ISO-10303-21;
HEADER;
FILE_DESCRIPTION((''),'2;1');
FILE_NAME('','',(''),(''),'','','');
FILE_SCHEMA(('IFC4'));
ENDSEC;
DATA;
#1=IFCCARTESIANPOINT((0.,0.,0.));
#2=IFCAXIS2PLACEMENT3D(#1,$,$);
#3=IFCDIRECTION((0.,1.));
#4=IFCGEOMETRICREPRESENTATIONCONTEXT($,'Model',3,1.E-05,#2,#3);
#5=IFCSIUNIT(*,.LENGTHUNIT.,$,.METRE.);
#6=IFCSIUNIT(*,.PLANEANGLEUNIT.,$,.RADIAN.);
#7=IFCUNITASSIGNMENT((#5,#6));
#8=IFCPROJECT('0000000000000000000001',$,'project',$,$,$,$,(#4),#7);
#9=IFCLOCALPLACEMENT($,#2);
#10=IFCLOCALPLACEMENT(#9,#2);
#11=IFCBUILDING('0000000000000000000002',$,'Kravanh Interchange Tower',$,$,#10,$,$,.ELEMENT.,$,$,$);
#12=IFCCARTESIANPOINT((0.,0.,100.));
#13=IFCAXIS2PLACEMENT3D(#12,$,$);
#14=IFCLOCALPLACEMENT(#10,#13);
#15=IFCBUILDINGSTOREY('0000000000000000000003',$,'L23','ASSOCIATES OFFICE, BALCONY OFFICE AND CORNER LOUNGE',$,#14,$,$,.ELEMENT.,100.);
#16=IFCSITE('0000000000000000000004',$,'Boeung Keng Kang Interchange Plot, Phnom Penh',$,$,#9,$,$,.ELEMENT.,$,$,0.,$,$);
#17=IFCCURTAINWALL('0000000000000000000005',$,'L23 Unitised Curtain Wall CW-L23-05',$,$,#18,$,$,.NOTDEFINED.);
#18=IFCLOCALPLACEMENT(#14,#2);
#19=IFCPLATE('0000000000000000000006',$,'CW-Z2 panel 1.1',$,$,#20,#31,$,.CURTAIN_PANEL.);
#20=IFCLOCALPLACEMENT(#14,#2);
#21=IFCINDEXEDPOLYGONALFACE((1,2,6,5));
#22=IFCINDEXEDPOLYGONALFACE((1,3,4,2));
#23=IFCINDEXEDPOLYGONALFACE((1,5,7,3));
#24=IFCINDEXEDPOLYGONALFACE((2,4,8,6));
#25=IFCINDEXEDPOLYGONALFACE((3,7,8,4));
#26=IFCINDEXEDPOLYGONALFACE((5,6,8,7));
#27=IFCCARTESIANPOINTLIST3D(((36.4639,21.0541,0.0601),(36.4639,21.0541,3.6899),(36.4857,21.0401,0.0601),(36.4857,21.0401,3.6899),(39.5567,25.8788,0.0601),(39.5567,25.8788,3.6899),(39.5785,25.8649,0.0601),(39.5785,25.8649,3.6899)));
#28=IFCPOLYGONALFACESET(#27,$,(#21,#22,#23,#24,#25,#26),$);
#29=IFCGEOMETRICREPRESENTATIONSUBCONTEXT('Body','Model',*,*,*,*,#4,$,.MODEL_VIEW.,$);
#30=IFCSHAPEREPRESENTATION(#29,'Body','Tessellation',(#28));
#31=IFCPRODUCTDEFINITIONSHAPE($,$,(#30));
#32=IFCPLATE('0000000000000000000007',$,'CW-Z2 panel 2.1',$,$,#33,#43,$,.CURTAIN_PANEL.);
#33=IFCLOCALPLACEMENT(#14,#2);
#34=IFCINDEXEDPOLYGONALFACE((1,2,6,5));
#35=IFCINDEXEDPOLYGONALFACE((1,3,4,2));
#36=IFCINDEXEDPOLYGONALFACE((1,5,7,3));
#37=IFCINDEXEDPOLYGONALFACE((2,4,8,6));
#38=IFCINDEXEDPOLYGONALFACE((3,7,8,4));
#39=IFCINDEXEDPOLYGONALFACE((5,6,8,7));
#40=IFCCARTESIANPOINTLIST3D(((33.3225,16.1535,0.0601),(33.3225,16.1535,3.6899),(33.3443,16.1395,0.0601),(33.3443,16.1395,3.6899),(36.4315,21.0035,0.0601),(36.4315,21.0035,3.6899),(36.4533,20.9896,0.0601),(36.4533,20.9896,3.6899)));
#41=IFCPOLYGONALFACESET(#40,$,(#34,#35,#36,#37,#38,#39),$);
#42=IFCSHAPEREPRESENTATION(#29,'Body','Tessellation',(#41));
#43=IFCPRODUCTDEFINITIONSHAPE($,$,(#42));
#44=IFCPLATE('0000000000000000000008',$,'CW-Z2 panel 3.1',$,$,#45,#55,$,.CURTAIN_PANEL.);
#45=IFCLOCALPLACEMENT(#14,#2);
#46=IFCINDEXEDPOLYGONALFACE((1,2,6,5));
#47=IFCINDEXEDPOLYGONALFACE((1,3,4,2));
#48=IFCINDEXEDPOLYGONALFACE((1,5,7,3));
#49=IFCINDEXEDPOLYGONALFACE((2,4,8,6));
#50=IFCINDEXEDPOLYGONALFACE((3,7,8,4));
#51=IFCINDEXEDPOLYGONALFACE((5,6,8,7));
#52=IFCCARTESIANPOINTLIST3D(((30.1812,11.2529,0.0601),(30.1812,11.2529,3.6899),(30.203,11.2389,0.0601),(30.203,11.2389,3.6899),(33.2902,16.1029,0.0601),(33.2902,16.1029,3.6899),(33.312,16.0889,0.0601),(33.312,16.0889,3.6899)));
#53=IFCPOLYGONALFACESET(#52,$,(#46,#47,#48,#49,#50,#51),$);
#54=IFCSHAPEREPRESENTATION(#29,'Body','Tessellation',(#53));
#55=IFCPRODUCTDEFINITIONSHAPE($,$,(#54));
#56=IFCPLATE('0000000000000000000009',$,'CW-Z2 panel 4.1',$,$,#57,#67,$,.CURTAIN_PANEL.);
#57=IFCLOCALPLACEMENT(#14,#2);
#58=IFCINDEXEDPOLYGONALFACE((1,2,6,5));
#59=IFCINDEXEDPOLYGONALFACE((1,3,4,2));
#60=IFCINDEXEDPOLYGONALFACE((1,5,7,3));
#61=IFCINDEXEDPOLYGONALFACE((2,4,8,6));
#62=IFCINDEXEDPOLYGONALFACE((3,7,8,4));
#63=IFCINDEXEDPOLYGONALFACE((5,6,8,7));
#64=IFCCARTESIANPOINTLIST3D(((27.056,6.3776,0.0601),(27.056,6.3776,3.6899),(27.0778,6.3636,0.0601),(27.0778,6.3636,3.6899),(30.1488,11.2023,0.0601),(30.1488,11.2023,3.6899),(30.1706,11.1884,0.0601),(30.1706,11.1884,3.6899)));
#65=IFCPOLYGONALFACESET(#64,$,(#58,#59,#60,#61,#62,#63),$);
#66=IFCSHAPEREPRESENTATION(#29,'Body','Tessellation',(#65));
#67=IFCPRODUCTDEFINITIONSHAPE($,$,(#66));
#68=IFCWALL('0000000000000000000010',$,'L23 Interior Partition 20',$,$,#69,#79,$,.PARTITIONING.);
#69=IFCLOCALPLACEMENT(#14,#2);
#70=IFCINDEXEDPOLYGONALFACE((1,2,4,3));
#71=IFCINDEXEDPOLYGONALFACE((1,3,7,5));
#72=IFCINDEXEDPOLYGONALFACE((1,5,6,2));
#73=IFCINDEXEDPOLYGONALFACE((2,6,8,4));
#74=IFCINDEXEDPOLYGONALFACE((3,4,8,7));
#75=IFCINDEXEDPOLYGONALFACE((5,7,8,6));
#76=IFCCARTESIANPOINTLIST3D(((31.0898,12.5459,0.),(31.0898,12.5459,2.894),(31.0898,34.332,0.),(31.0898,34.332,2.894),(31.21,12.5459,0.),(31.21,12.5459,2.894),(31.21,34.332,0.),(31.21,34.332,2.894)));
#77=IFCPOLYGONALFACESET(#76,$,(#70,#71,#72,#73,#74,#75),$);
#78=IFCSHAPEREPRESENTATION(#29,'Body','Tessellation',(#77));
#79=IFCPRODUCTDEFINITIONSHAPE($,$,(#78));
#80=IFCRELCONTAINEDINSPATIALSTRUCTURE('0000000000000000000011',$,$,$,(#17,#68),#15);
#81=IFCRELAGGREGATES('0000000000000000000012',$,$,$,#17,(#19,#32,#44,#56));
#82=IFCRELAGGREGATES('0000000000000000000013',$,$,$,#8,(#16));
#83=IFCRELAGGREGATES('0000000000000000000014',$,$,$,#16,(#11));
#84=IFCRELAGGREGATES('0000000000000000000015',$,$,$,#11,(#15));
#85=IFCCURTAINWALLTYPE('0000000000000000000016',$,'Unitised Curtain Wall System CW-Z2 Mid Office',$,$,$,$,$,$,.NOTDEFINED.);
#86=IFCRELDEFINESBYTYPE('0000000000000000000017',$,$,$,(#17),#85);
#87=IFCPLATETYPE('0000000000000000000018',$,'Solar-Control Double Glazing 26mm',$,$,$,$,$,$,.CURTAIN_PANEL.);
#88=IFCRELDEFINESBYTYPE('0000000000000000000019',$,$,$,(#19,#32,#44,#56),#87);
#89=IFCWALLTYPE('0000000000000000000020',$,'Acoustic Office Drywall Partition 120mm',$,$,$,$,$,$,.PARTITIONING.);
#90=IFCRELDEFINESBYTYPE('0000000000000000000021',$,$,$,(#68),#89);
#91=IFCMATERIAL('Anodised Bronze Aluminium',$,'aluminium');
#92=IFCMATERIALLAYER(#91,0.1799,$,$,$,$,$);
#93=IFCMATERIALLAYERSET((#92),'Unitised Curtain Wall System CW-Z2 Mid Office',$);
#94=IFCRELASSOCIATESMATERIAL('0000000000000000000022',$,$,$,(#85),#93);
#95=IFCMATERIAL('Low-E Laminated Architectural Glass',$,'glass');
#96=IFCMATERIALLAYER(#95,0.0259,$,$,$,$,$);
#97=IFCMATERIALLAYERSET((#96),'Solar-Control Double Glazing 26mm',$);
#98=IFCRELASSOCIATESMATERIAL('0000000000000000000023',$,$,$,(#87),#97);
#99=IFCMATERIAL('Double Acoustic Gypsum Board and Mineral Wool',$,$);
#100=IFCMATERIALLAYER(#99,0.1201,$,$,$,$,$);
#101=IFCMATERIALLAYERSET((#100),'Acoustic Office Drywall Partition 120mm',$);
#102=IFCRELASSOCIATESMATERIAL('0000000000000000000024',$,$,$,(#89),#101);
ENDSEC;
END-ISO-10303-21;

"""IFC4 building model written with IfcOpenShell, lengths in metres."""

from ifc_helpers import new_model, si_unit, direction, frame, frame_2d, origin, origin_2d, place, context, subcontext, project, spatial, rectangle, extrude, material, layer, layer_set, type_object, element, aggregate, save


model = new_model("IFC4")

# Units and contexts
model_context = context("Model", 3, precision=1e-05, world=origin(), true_north=direction((0.0, 1.0)))
body_context = subcontext(model_context, "Body", "Model", "MODEL_VIEW")
ifc_project = project(units=[si_unit("LENGTHUNIT", "METRE"), si_unit("PLANEANGLEUNIT", "RADIAN")], contexts=[model_context])

# Site, building, storey
site_placement = place(None, origin())
site = spatial("IfcSite", under=ifc_project, at=site_placement, Name="Boeung Keng Kang Interchange Plot, Phnom Penh", CompositionType="ELEMENT", RefElevation=0.0)
building_placement = place(site_placement, origin())
building = spatial("IfcBuilding", under=site, at=building_placement, Name="Kravanh Interchange Tower", CompositionType="ELEMENT")
storey_placement = place(building_placement, frame((0.0, 0.0, 100.0)))
storey = spatial("IfcBuildingStorey", under=building, at=storey_placement, Name="L23", Description="ASSOCIATES OFFICE, BALCONY OFFICE AND CORNER LOUNGE", CompositionType="ELEMENT", Elevation=100.0)

# Curtain wall
ifc_material_1 = material(Name="Anodised Bronze Aluminium", Category="aluminium")
ifc_layer_1 = layer(ifc_material_1, 0.1799)
ifc_layer_set_1 = layer_set([ifc_layer_1], Name="Unitised Curtain Wall System CW-Z2 Mid Office")
curtain_wall_type = type_object("IfcCurtainWallType", Name="Unitised Curtain Wall System CW-Z2 Mid Office", PredefinedType="NOTDEFINED", material=ifc_layer_set_1)
curtain_wall_1_placement = place(storey_placement, origin())
curtain_wall_1 = element("IfcCurtainWall", 1, at=curtain_wall_1_placement, inside=storey, type_object=curtain_wall_type, Name="L23 Unitised Curtain Wall CW-L23-05", PredefinedType="NOTDEFINED")

# Plates
ifc_material_2 = material(Name="Low-E Laminated Architectural Glass", Category="glass")
ifc_layer_2 = layer(ifc_material_2, 0.0259)
ifc_layer_set_2 = layer_set([ifc_layer_2], Name="Solar-Control Double Glazing 26mm")
plate_type = type_object("IfcPlateType", Name="Solar-Control Double Glazing 26mm", PredefinedType="CURTAIN_PANEL", material=ifc_layer_set_2)
plate_1_placement = place(storey_placement, frame((38.0212, 23.4595, 0.0601), z_axis=(0.0, 0.0, 1.0), x_axis=(-0.539665, -0.84188, 0.0)))
plate_1 = element("IfcPlate", 2, at=plate_1_placement, type_object=plate_type, Name="CW-Z2 panel 1.1", PredefinedType="CURTAIN_PANEL", context=body_context, shape_type="SweptSolid", body=[
    extrude(rectangle(XDim=5.731, YDim=0.0259, at=origin_2d()), origin(), (0.0, 0.0, 1.0), 3.6299),
])
plate_2_placement = place(storey_placement, frame((34.8879, 18.5715, 0.0601), z_axis=(0.0, 0.0, 1.0), x_axis=(-0.539665, -0.84188, 0.0)))
plate_2 = element("IfcPlate", 3, at=plate_2_placement, type_object=plate_type, Name="CW-Z2 panel 2.1", PredefinedType="CURTAIN_PANEL", context=body_context, shape_type="SweptSolid", body=[
    extrude(rectangle(XDim=5.761, YDim=0.0259, at=origin_2d()), origin(), (0.0, 0.0, 1.0), 3.6299),
])
plate_3_placement = place(storey_placement, frame((31.7466, 13.6709, 0.0601), z_axis=(0.0, 0.0, 1.0), x_axis=(-0.539665, -0.84188, 0.0)))
plate_3 = element("IfcPlate", 4, at=plate_3_placement, type_object=plate_type, Name="CW-Z2 panel 3.1", PredefinedType="CURTAIN_PANEL", context=body_context, shape_type="SweptSolid", body=[
    extrude(rectangle(XDim=5.761, YDim=0.0259, at=origin_2d()), origin(), (0.0, 0.0, 1.0), 3.6299),
])
plate_4_placement = place(storey_placement, frame((28.6133, 8.783, 0.0601), z_axis=(0.0, 0.0, 1.0), x_axis=(-0.539665, -0.84188, 0.0)))
plate_4 = element("IfcPlate", 5, at=plate_4_placement, type_object=plate_type, Name="CW-Z2 panel 4.1", PredefinedType="CURTAIN_PANEL", context=body_context, shape_type="SweptSolid", body=[
    extrude(rectangle(XDim=5.731, YDim=0.0259, at=origin_2d()), origin(), (0.0, 0.0, 1.0), 3.6299),
])
aggregate(curtain_wall_1, [plate_1, plate_2, plate_3, plate_4])

# Wall
ifc_material_3 = material(Name="Double Acoustic Gypsum Board and Mineral Wool")
ifc_layer_3 = layer(ifc_material_3, 0.1201)
ifc_layer_set_3 = layer_set([ifc_layer_3], Name="Acoustic Office Drywall Partition 120mm")
wall_type = type_object("IfcWallType", Name="Acoustic Office Drywall Partition 120mm", PredefinedType="PARTITIONING", material=ifc_layer_set_3)
wall_placement = place(storey_placement, frame((31.1499, 12.5459, 0.0), z_axis=(0.0, 0.0, 1.0), x_axis=(0.0, 1.0, 0.0)))
element("IfcWall", 6, at=wall_placement, inside=storey, type_object=wall_type, Name="L23 Interior Partition 20", PredefinedType="PARTITIONING", context=body_context, shape_type="SweptSolid", body=[
    extrude(rectangle(XDim=21.7861, YDim=0.1201, at=frame_2d((10.8931, 0.0))), origin(), (0.0, 0.0, 1.0), 2.894),
])

save(model, "model.ifc")
